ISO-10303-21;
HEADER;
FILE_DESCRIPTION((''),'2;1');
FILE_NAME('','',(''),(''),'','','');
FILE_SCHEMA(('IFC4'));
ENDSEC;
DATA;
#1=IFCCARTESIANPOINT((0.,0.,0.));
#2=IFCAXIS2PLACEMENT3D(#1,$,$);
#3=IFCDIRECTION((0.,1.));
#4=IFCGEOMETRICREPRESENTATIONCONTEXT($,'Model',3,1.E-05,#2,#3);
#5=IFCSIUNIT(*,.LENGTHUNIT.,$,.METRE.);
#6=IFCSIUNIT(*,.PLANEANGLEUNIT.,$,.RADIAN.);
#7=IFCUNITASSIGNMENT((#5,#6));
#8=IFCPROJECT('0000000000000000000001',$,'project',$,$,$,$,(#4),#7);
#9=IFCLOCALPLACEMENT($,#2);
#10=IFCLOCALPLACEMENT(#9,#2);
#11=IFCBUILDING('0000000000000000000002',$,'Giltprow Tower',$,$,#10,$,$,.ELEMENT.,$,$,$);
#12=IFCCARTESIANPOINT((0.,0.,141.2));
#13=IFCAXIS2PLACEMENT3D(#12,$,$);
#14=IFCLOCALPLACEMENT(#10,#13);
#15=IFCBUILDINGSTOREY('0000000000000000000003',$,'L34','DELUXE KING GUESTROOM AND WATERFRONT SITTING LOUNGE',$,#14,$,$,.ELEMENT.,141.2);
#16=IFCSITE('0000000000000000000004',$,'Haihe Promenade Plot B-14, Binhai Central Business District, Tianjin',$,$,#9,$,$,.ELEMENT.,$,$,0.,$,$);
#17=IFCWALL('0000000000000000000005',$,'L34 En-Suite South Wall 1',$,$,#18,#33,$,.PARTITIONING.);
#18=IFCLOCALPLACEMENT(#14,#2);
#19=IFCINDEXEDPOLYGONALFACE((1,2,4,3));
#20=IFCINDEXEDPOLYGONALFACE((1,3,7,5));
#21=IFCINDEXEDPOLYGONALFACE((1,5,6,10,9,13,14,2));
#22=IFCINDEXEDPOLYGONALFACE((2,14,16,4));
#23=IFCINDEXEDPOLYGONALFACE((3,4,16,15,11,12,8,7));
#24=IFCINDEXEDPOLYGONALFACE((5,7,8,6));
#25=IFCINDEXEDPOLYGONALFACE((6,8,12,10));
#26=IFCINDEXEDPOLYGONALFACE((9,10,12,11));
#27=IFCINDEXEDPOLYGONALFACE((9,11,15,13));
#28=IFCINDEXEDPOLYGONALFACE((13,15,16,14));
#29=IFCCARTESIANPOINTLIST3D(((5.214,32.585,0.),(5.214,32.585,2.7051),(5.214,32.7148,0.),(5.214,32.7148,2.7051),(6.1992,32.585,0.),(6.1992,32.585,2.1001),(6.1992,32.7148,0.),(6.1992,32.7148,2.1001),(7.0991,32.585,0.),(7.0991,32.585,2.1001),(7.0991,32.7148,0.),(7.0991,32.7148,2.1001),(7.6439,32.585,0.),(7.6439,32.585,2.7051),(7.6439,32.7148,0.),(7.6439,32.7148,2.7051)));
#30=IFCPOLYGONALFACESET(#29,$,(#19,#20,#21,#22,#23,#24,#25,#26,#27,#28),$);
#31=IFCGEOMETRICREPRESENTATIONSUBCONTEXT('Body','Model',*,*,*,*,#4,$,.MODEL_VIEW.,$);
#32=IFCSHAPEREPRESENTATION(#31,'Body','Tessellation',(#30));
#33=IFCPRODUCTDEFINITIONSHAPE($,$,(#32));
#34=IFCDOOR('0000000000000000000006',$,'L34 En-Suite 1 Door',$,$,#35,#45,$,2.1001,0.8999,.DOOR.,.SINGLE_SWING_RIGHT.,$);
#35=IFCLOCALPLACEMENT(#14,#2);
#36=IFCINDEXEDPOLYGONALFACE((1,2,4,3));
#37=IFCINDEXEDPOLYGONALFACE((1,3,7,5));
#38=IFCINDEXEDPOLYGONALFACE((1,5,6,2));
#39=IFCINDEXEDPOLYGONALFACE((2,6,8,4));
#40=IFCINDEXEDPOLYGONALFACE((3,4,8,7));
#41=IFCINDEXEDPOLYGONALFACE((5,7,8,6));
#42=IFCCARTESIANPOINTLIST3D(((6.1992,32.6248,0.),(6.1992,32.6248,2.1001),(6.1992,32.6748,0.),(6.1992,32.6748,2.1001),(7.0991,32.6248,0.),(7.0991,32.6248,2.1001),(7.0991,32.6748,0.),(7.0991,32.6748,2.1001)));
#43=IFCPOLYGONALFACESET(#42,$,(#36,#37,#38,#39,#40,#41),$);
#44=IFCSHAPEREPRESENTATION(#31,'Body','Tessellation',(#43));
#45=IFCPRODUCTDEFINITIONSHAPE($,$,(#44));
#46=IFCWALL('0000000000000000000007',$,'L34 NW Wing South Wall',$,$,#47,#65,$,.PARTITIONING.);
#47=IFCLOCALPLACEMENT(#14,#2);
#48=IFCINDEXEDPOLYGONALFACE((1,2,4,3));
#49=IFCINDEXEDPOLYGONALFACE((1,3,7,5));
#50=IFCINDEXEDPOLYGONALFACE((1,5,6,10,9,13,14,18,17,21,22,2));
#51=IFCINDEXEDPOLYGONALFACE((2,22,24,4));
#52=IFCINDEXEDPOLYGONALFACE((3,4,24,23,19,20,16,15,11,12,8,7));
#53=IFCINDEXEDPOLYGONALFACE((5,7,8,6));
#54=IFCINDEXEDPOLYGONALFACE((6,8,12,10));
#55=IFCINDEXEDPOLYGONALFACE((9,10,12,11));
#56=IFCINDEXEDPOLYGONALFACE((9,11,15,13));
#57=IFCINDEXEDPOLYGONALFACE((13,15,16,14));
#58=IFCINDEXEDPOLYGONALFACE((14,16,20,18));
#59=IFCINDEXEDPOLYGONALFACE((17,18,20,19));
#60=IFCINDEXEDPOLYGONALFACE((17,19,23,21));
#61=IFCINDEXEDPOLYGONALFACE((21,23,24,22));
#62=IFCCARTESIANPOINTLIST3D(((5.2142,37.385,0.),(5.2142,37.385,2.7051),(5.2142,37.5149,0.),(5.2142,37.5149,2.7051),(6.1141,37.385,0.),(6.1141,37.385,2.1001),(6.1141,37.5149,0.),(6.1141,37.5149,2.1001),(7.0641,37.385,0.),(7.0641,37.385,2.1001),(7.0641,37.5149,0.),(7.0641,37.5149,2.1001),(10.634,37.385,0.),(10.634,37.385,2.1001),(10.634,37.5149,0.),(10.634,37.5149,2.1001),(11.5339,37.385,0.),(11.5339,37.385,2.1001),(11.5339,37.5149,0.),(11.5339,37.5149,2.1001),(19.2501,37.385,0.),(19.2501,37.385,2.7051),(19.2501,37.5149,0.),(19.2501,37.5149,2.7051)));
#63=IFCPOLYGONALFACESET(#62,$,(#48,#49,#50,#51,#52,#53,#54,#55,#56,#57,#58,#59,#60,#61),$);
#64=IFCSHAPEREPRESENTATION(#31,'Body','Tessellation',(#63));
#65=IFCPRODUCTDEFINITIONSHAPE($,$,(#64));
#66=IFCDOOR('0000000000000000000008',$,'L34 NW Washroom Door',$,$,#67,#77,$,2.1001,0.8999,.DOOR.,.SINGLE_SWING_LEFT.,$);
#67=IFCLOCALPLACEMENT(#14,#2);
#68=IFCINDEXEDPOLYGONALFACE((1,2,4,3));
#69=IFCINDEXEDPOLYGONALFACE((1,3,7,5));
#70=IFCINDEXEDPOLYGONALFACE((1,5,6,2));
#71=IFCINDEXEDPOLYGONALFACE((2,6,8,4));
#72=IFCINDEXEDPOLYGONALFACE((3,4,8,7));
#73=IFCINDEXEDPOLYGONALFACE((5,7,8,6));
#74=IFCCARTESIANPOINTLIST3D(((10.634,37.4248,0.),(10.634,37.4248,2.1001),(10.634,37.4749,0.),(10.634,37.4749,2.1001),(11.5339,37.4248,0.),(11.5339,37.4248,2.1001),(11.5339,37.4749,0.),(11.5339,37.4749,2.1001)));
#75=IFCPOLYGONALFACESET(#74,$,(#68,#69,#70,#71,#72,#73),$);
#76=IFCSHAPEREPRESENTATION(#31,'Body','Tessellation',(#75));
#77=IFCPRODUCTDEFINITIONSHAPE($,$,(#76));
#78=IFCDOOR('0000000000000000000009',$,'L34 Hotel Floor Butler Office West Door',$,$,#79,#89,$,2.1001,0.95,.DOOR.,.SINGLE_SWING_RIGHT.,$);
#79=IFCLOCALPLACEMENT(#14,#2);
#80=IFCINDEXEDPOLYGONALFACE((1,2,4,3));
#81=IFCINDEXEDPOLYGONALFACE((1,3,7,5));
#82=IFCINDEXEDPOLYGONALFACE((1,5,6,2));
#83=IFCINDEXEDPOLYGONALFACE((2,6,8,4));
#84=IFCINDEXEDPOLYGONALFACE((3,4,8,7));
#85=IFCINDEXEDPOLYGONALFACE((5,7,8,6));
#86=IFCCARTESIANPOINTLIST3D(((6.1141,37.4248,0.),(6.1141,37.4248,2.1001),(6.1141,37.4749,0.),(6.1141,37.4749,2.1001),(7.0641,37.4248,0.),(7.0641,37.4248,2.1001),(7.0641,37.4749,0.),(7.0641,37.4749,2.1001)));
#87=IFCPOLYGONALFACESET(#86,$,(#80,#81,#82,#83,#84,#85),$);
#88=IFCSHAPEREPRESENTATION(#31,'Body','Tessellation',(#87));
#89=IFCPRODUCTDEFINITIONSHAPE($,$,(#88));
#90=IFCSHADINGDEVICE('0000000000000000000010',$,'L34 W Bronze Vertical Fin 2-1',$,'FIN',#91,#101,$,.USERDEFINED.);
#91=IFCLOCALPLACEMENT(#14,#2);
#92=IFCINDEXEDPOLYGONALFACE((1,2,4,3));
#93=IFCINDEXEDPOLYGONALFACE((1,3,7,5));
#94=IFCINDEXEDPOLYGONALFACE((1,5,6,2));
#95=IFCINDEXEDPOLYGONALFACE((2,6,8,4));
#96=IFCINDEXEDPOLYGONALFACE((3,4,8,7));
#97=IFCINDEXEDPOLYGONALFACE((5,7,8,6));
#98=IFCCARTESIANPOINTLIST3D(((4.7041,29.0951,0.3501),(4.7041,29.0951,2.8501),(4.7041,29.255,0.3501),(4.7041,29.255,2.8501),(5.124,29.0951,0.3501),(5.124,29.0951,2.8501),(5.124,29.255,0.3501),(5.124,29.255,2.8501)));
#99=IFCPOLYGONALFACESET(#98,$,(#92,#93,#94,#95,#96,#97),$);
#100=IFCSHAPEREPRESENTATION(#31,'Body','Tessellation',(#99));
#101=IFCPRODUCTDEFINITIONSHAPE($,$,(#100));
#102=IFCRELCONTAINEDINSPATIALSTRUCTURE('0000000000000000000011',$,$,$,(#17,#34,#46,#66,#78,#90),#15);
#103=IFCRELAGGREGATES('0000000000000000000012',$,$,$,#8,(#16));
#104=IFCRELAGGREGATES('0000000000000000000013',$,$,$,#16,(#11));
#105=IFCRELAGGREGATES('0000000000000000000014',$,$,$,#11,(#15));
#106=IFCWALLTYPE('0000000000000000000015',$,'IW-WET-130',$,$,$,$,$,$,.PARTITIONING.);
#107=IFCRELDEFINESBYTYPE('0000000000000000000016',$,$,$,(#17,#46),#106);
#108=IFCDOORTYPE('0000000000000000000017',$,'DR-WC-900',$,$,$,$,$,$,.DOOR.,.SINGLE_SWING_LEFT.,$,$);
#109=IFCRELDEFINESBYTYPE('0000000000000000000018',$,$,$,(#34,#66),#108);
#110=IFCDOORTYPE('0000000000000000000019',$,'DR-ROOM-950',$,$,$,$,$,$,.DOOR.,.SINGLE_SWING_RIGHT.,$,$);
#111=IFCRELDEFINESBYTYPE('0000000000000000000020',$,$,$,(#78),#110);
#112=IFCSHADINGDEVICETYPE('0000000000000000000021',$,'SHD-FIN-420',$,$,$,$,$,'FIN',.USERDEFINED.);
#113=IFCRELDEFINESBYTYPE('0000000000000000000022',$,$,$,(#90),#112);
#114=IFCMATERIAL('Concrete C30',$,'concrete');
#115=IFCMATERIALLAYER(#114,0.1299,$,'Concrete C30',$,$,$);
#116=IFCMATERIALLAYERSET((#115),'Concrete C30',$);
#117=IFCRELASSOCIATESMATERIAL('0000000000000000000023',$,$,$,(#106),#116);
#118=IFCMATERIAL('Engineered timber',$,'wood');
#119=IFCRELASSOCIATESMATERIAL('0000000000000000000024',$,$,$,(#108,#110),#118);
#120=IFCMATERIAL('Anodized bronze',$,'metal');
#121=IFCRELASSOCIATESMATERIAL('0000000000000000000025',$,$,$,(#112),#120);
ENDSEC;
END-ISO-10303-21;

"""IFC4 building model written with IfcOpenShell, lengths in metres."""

from ifc_helpers import new_model, si_unit, direction, frame, frame_2d, origin, origin_2d, place, context, subcontext, project, spatial, rectangle, extrude, source, transform, mapped, material, layer, layer_set, type_object, element, fill, save


model = new_model("IFC4")

# Units and contexts
model_context = context("Model", 3, precision=1e-05, world=origin(), true_north=direction((0.0, 1.0)))
body_context = subcontext(model_context, "Body", "Model", "MODEL_VIEW")
ifc_project = project(units=[si_unit("LENGTHUNIT", "METRE"), si_unit("PLANEANGLEUNIT", "RADIAN")], contexts=[model_context])

# Site, building, storey
site_placement = place(None, origin())
site = spatial("IfcSite", under=ifc_project, at=site_placement, Name="Haihe Promenade Plot B-14, Binhai Central Business District, Tianjin", CompositionType="ELEMENT", RefElevation=0.0)
building_placement = place(site_placement, origin())
building = spatial("IfcBuilding", under=site, at=building_placement, Name="Giltprow Tower", CompositionType="ELEMENT")
storey_placement = place(building_placement, frame((0.0, 0.0, 141.2)))
storey = spatial("IfcBuildingStorey", under=building, at=storey_placement, Name="L34", Description="DELUXE KING GUESTROOM AND WATERFRONT SITTING LOUNGE", CompositionType="ELEMENT", Elevation=141.2)

# Shared definitions
ifc_material_1 = material(Name="Engineered timber", Category="wood")

# Wall, opening, door
ifc_material_2 = material(Name="Concrete C30", Category="concrete")
ifc_layer_1 = layer(ifc_material_2, 0.1299, Name="Concrete C30")
ifc_layer_set_1 = layer_set([ifc_layer_1], Name="Concrete C30")
wall_type_1 = type_object("IfcWallType", Name="IW-WET-130", PredefinedType="PARTITIONING", material=ifc_layer_set_1)
wall_1_placement = place(storey_placement, frame((5.2141, 32.6499, 0.0), z_axis=(0.0, 0.0, 1.0), x_axis=(1.0, 0.0, 0.0)))
wall_1 = element("IfcWall", 1, at=wall_1_placement, inside=storey, type_object=wall_type_1, Name="L34 En-Suite South Wall 1", PredefinedType="PARTITIONING", context=body_context, shape_type="SweptSolid", body=[
    extrude(rectangle(XDim=2.4299, YDim=0.1299, at=frame_2d((1.2148, 0.0))), origin(), (0.0, 0.0, 1.0), 2.7051),
])
opening_1_placement = place(wall_1_placement, frame((0.9851, 0.0, 0.0)))
opening_1 = element("IfcOpeningElement", 2, at=opening_1_placement, cuts=wall_1, PredefinedType="OPENING", context=body_context, shape_type="SweptSolid", body=[
    extrude(rectangle(XDim=0.8999, YDim=2.1001, at=frame_2d((0.45, 1.05))), frame((0.0, 0.075, 0.0), z_axis=(0.0, -1.0, 0.0), x_axis=(1.0, 0.0, 0.0)), (0.0, 0.0, 1.0), 0.1499),
])
door_type_1 = type_object("IfcDoorType", Name="DR-WC-900", OperationType="SINGLE_SWING_LEFT", PredefinedType="DOOR", material=ifc_material_1)
shared_shape_1 = source(origin(), body_context, "Body", "SweptSolid", [
    extrude(rectangle(XDim=0.8999, YDim=2.1001, at=frame_2d((0.45, 1.05))), frame((0.0, 0.0249, 0.0), z_axis=(0.0, -1.0, 0.0), x_axis=(1.0, 0.0, 0.0)), (0.0, 0.0, 1.0), 0.05),
])
door_1_placement = place(opening_1_placement, origin())
door_1 = element("IfcDoor", 3, at=door_1_placement, inside=storey, type_object=door_type_1, Name="L34 En-Suite 1 Door", OperationType="SINGLE_SWING_RIGHT", OverallHeight=2.1001, OverallWidth=0.8999, PredefinedType="DOOR", context=body_context, shape_type="MappedRepresentation", body=[
    mapped(shared_shape_1, transform((0.0, 0.0, 0.0), x_axis=(1.0, 0.0, 0.0), y_axis=(0.0, 1.0, 0.0), z_axis=(0.0, 0.0, 1.0), scale=1.0)),
])
fill(opening_1, door_1)

# Wall, openings, doors
wall_2_placement = place(storey_placement, frame((5.2141, 37.45, 0.0), z_axis=(0.0, 0.0, 1.0), x_axis=(1.0, 0.0, 0.0)))
wall_2 = element("IfcWall", 4, at=wall_2_placement, inside=storey, type_object=wall_type_1, Name="L34 NW Wing South Wall", PredefinedType="PARTITIONING", context=body_context, shape_type="SweptSolid", body=[
    extrude(rectangle(XDim=14.0359, YDim=0.1299, at=frame_2d((7.0181, 0.0))), origin(), (0.0, 0.0, 1.0), 2.7051),
])
opening_2_placement = place(wall_2_placement, frame((0.8999, 0.0, 0.0)))
opening_2 = element("IfcOpeningElement", 5, at=opening_2_placement, cuts=wall_2, PredefinedType="OPENING", context=body_context, shape_type="SweptSolid", body=[
    extrude(rectangle(XDim=0.95, YDim=2.1001, at=frame_2d((0.4751, 1.05))), frame((0.0, 0.075, 0.0), z_axis=(0.0, -1.0, 0.0), x_axis=(1.0, 0.0, 0.0)), (0.0, 0.0, 1.0), 0.1499),
])
opening_3_placement = place(wall_2_placement, frame((5.4199, 0.0, 0.0)))
opening_3 = element("IfcOpeningElement", 6, at=opening_3_placement, cuts=wall_2, PredefinedType="OPENING", context=body_context, shape_type="SweptSolid", body=[
    extrude(rectangle(XDim=0.8999, YDim=2.1001, at=frame_2d((0.45, 1.05))), frame((0.0, 0.075, 0.0), z_axis=(0.0, -1.0, 0.0), x_axis=(1.0, 0.0, 0.0)), (0.0, 0.0, 1.0), 0.1499),
])
door_2_placement = place(opening_3_placement, origin())
door_2 = element("IfcDoor", 7, at=door_2_placement, inside=storey, type_object=door_type_1, Name="L34 NW Washroom Door", OperationType="SINGLE_SWING_LEFT", OverallHeight=2.1001, OverallWidth=0.8999, PredefinedType="DOOR", context=body_context, shape_type="MappedRepresentation", body=[
    mapped(shared_shape_1, transform((0.0, 0.0, 0.0), x_axis=(1.0, 0.0, 0.0), y_axis=(0.0, 1.0, 0.0), z_axis=(0.0, 0.0, 1.0), scale=1.0)),
])
fill(opening_3, door_2)
door_type_2 = type_object("IfcDoorType", Name="DR-ROOM-950", OperationType="SINGLE_SWING_RIGHT", PredefinedType="DOOR", material=ifc_material_1)
shared_shape_2 = source(origin(), body_context, "Body", "SweptSolid", [
    extrude(rectangle(XDim=0.95, YDim=2.1001, at=frame_2d((0.4751, 1.05))), frame((0.0, 0.0249, 0.0), z_axis=(0.0, -1.0, 0.0), x_axis=(1.0, 0.0, 0.0)), (0.0, 0.0, 1.0), 0.05),
])
door_3_placement = place(opening_2_placement, origin())
door_3 = element("IfcDoor", 8, at=door_3_placement, inside=storey, type_object=door_type_2, Name="L34 Hotel Floor Butler Office West Door", OperationType="SINGLE_SWING_RIGHT", OverallHeight=2.1001, OverallWidth=0.95, PredefinedType="DOOR", context=body_context, shape_type="MappedRepresentation", body=[
    mapped(shared_shape_2, transform((0.0, 0.0, 0.0), x_axis=(1.0, 0.0, 0.0), y_axis=(0.0, 1.0, 0.0), z_axis=(0.0, 0.0, 1.0), scale=1.0)),
])
fill(opening_2, door_3)

# Shading device
ifc_material_3 = material(Name="Anodized bronze", Category="metal")
shading_device_type = type_object("IfcShadingDeviceType", Name="SHD-FIN-420", ElementType="FIN", PredefinedType="USERDEFINED", material=ifc_material_3)
shared_shape_3 = source(origin(), body_context, "Body", "SweptSolid", [
    extrude(rectangle(XDim=0.4199, YDim=0.1599, at=origin_2d()), origin(), (0.0, 0.0, 1.0), 2.5),
])
shading_device_placement = place(storey_placement, frame((4.9141, 29.175, 0.3501), z_axis=(0.0, 0.0, 1.0), x_axis=(1.0, 0.0, 0.0)))
element("IfcShadingDevice", 9, at=shading_device_placement, inside=storey, type_object=shading_device_type, Name="L34 W Bronze Vertical Fin 2-1", ObjectType="FIN", PredefinedType="USERDEFINED", context=body_context, shape_type="MappedRepresentation", body=[
    mapped(shared_shape_3, transform((0.0, 0.0, 0.0), x_axis=(1.0, 0.0, 0.0), y_axis=(0.0, 1.0, 0.0), z_axis=(0.0, 0.0, 1.0), scale=1.0)),
])

save(model, "model.ifc")
